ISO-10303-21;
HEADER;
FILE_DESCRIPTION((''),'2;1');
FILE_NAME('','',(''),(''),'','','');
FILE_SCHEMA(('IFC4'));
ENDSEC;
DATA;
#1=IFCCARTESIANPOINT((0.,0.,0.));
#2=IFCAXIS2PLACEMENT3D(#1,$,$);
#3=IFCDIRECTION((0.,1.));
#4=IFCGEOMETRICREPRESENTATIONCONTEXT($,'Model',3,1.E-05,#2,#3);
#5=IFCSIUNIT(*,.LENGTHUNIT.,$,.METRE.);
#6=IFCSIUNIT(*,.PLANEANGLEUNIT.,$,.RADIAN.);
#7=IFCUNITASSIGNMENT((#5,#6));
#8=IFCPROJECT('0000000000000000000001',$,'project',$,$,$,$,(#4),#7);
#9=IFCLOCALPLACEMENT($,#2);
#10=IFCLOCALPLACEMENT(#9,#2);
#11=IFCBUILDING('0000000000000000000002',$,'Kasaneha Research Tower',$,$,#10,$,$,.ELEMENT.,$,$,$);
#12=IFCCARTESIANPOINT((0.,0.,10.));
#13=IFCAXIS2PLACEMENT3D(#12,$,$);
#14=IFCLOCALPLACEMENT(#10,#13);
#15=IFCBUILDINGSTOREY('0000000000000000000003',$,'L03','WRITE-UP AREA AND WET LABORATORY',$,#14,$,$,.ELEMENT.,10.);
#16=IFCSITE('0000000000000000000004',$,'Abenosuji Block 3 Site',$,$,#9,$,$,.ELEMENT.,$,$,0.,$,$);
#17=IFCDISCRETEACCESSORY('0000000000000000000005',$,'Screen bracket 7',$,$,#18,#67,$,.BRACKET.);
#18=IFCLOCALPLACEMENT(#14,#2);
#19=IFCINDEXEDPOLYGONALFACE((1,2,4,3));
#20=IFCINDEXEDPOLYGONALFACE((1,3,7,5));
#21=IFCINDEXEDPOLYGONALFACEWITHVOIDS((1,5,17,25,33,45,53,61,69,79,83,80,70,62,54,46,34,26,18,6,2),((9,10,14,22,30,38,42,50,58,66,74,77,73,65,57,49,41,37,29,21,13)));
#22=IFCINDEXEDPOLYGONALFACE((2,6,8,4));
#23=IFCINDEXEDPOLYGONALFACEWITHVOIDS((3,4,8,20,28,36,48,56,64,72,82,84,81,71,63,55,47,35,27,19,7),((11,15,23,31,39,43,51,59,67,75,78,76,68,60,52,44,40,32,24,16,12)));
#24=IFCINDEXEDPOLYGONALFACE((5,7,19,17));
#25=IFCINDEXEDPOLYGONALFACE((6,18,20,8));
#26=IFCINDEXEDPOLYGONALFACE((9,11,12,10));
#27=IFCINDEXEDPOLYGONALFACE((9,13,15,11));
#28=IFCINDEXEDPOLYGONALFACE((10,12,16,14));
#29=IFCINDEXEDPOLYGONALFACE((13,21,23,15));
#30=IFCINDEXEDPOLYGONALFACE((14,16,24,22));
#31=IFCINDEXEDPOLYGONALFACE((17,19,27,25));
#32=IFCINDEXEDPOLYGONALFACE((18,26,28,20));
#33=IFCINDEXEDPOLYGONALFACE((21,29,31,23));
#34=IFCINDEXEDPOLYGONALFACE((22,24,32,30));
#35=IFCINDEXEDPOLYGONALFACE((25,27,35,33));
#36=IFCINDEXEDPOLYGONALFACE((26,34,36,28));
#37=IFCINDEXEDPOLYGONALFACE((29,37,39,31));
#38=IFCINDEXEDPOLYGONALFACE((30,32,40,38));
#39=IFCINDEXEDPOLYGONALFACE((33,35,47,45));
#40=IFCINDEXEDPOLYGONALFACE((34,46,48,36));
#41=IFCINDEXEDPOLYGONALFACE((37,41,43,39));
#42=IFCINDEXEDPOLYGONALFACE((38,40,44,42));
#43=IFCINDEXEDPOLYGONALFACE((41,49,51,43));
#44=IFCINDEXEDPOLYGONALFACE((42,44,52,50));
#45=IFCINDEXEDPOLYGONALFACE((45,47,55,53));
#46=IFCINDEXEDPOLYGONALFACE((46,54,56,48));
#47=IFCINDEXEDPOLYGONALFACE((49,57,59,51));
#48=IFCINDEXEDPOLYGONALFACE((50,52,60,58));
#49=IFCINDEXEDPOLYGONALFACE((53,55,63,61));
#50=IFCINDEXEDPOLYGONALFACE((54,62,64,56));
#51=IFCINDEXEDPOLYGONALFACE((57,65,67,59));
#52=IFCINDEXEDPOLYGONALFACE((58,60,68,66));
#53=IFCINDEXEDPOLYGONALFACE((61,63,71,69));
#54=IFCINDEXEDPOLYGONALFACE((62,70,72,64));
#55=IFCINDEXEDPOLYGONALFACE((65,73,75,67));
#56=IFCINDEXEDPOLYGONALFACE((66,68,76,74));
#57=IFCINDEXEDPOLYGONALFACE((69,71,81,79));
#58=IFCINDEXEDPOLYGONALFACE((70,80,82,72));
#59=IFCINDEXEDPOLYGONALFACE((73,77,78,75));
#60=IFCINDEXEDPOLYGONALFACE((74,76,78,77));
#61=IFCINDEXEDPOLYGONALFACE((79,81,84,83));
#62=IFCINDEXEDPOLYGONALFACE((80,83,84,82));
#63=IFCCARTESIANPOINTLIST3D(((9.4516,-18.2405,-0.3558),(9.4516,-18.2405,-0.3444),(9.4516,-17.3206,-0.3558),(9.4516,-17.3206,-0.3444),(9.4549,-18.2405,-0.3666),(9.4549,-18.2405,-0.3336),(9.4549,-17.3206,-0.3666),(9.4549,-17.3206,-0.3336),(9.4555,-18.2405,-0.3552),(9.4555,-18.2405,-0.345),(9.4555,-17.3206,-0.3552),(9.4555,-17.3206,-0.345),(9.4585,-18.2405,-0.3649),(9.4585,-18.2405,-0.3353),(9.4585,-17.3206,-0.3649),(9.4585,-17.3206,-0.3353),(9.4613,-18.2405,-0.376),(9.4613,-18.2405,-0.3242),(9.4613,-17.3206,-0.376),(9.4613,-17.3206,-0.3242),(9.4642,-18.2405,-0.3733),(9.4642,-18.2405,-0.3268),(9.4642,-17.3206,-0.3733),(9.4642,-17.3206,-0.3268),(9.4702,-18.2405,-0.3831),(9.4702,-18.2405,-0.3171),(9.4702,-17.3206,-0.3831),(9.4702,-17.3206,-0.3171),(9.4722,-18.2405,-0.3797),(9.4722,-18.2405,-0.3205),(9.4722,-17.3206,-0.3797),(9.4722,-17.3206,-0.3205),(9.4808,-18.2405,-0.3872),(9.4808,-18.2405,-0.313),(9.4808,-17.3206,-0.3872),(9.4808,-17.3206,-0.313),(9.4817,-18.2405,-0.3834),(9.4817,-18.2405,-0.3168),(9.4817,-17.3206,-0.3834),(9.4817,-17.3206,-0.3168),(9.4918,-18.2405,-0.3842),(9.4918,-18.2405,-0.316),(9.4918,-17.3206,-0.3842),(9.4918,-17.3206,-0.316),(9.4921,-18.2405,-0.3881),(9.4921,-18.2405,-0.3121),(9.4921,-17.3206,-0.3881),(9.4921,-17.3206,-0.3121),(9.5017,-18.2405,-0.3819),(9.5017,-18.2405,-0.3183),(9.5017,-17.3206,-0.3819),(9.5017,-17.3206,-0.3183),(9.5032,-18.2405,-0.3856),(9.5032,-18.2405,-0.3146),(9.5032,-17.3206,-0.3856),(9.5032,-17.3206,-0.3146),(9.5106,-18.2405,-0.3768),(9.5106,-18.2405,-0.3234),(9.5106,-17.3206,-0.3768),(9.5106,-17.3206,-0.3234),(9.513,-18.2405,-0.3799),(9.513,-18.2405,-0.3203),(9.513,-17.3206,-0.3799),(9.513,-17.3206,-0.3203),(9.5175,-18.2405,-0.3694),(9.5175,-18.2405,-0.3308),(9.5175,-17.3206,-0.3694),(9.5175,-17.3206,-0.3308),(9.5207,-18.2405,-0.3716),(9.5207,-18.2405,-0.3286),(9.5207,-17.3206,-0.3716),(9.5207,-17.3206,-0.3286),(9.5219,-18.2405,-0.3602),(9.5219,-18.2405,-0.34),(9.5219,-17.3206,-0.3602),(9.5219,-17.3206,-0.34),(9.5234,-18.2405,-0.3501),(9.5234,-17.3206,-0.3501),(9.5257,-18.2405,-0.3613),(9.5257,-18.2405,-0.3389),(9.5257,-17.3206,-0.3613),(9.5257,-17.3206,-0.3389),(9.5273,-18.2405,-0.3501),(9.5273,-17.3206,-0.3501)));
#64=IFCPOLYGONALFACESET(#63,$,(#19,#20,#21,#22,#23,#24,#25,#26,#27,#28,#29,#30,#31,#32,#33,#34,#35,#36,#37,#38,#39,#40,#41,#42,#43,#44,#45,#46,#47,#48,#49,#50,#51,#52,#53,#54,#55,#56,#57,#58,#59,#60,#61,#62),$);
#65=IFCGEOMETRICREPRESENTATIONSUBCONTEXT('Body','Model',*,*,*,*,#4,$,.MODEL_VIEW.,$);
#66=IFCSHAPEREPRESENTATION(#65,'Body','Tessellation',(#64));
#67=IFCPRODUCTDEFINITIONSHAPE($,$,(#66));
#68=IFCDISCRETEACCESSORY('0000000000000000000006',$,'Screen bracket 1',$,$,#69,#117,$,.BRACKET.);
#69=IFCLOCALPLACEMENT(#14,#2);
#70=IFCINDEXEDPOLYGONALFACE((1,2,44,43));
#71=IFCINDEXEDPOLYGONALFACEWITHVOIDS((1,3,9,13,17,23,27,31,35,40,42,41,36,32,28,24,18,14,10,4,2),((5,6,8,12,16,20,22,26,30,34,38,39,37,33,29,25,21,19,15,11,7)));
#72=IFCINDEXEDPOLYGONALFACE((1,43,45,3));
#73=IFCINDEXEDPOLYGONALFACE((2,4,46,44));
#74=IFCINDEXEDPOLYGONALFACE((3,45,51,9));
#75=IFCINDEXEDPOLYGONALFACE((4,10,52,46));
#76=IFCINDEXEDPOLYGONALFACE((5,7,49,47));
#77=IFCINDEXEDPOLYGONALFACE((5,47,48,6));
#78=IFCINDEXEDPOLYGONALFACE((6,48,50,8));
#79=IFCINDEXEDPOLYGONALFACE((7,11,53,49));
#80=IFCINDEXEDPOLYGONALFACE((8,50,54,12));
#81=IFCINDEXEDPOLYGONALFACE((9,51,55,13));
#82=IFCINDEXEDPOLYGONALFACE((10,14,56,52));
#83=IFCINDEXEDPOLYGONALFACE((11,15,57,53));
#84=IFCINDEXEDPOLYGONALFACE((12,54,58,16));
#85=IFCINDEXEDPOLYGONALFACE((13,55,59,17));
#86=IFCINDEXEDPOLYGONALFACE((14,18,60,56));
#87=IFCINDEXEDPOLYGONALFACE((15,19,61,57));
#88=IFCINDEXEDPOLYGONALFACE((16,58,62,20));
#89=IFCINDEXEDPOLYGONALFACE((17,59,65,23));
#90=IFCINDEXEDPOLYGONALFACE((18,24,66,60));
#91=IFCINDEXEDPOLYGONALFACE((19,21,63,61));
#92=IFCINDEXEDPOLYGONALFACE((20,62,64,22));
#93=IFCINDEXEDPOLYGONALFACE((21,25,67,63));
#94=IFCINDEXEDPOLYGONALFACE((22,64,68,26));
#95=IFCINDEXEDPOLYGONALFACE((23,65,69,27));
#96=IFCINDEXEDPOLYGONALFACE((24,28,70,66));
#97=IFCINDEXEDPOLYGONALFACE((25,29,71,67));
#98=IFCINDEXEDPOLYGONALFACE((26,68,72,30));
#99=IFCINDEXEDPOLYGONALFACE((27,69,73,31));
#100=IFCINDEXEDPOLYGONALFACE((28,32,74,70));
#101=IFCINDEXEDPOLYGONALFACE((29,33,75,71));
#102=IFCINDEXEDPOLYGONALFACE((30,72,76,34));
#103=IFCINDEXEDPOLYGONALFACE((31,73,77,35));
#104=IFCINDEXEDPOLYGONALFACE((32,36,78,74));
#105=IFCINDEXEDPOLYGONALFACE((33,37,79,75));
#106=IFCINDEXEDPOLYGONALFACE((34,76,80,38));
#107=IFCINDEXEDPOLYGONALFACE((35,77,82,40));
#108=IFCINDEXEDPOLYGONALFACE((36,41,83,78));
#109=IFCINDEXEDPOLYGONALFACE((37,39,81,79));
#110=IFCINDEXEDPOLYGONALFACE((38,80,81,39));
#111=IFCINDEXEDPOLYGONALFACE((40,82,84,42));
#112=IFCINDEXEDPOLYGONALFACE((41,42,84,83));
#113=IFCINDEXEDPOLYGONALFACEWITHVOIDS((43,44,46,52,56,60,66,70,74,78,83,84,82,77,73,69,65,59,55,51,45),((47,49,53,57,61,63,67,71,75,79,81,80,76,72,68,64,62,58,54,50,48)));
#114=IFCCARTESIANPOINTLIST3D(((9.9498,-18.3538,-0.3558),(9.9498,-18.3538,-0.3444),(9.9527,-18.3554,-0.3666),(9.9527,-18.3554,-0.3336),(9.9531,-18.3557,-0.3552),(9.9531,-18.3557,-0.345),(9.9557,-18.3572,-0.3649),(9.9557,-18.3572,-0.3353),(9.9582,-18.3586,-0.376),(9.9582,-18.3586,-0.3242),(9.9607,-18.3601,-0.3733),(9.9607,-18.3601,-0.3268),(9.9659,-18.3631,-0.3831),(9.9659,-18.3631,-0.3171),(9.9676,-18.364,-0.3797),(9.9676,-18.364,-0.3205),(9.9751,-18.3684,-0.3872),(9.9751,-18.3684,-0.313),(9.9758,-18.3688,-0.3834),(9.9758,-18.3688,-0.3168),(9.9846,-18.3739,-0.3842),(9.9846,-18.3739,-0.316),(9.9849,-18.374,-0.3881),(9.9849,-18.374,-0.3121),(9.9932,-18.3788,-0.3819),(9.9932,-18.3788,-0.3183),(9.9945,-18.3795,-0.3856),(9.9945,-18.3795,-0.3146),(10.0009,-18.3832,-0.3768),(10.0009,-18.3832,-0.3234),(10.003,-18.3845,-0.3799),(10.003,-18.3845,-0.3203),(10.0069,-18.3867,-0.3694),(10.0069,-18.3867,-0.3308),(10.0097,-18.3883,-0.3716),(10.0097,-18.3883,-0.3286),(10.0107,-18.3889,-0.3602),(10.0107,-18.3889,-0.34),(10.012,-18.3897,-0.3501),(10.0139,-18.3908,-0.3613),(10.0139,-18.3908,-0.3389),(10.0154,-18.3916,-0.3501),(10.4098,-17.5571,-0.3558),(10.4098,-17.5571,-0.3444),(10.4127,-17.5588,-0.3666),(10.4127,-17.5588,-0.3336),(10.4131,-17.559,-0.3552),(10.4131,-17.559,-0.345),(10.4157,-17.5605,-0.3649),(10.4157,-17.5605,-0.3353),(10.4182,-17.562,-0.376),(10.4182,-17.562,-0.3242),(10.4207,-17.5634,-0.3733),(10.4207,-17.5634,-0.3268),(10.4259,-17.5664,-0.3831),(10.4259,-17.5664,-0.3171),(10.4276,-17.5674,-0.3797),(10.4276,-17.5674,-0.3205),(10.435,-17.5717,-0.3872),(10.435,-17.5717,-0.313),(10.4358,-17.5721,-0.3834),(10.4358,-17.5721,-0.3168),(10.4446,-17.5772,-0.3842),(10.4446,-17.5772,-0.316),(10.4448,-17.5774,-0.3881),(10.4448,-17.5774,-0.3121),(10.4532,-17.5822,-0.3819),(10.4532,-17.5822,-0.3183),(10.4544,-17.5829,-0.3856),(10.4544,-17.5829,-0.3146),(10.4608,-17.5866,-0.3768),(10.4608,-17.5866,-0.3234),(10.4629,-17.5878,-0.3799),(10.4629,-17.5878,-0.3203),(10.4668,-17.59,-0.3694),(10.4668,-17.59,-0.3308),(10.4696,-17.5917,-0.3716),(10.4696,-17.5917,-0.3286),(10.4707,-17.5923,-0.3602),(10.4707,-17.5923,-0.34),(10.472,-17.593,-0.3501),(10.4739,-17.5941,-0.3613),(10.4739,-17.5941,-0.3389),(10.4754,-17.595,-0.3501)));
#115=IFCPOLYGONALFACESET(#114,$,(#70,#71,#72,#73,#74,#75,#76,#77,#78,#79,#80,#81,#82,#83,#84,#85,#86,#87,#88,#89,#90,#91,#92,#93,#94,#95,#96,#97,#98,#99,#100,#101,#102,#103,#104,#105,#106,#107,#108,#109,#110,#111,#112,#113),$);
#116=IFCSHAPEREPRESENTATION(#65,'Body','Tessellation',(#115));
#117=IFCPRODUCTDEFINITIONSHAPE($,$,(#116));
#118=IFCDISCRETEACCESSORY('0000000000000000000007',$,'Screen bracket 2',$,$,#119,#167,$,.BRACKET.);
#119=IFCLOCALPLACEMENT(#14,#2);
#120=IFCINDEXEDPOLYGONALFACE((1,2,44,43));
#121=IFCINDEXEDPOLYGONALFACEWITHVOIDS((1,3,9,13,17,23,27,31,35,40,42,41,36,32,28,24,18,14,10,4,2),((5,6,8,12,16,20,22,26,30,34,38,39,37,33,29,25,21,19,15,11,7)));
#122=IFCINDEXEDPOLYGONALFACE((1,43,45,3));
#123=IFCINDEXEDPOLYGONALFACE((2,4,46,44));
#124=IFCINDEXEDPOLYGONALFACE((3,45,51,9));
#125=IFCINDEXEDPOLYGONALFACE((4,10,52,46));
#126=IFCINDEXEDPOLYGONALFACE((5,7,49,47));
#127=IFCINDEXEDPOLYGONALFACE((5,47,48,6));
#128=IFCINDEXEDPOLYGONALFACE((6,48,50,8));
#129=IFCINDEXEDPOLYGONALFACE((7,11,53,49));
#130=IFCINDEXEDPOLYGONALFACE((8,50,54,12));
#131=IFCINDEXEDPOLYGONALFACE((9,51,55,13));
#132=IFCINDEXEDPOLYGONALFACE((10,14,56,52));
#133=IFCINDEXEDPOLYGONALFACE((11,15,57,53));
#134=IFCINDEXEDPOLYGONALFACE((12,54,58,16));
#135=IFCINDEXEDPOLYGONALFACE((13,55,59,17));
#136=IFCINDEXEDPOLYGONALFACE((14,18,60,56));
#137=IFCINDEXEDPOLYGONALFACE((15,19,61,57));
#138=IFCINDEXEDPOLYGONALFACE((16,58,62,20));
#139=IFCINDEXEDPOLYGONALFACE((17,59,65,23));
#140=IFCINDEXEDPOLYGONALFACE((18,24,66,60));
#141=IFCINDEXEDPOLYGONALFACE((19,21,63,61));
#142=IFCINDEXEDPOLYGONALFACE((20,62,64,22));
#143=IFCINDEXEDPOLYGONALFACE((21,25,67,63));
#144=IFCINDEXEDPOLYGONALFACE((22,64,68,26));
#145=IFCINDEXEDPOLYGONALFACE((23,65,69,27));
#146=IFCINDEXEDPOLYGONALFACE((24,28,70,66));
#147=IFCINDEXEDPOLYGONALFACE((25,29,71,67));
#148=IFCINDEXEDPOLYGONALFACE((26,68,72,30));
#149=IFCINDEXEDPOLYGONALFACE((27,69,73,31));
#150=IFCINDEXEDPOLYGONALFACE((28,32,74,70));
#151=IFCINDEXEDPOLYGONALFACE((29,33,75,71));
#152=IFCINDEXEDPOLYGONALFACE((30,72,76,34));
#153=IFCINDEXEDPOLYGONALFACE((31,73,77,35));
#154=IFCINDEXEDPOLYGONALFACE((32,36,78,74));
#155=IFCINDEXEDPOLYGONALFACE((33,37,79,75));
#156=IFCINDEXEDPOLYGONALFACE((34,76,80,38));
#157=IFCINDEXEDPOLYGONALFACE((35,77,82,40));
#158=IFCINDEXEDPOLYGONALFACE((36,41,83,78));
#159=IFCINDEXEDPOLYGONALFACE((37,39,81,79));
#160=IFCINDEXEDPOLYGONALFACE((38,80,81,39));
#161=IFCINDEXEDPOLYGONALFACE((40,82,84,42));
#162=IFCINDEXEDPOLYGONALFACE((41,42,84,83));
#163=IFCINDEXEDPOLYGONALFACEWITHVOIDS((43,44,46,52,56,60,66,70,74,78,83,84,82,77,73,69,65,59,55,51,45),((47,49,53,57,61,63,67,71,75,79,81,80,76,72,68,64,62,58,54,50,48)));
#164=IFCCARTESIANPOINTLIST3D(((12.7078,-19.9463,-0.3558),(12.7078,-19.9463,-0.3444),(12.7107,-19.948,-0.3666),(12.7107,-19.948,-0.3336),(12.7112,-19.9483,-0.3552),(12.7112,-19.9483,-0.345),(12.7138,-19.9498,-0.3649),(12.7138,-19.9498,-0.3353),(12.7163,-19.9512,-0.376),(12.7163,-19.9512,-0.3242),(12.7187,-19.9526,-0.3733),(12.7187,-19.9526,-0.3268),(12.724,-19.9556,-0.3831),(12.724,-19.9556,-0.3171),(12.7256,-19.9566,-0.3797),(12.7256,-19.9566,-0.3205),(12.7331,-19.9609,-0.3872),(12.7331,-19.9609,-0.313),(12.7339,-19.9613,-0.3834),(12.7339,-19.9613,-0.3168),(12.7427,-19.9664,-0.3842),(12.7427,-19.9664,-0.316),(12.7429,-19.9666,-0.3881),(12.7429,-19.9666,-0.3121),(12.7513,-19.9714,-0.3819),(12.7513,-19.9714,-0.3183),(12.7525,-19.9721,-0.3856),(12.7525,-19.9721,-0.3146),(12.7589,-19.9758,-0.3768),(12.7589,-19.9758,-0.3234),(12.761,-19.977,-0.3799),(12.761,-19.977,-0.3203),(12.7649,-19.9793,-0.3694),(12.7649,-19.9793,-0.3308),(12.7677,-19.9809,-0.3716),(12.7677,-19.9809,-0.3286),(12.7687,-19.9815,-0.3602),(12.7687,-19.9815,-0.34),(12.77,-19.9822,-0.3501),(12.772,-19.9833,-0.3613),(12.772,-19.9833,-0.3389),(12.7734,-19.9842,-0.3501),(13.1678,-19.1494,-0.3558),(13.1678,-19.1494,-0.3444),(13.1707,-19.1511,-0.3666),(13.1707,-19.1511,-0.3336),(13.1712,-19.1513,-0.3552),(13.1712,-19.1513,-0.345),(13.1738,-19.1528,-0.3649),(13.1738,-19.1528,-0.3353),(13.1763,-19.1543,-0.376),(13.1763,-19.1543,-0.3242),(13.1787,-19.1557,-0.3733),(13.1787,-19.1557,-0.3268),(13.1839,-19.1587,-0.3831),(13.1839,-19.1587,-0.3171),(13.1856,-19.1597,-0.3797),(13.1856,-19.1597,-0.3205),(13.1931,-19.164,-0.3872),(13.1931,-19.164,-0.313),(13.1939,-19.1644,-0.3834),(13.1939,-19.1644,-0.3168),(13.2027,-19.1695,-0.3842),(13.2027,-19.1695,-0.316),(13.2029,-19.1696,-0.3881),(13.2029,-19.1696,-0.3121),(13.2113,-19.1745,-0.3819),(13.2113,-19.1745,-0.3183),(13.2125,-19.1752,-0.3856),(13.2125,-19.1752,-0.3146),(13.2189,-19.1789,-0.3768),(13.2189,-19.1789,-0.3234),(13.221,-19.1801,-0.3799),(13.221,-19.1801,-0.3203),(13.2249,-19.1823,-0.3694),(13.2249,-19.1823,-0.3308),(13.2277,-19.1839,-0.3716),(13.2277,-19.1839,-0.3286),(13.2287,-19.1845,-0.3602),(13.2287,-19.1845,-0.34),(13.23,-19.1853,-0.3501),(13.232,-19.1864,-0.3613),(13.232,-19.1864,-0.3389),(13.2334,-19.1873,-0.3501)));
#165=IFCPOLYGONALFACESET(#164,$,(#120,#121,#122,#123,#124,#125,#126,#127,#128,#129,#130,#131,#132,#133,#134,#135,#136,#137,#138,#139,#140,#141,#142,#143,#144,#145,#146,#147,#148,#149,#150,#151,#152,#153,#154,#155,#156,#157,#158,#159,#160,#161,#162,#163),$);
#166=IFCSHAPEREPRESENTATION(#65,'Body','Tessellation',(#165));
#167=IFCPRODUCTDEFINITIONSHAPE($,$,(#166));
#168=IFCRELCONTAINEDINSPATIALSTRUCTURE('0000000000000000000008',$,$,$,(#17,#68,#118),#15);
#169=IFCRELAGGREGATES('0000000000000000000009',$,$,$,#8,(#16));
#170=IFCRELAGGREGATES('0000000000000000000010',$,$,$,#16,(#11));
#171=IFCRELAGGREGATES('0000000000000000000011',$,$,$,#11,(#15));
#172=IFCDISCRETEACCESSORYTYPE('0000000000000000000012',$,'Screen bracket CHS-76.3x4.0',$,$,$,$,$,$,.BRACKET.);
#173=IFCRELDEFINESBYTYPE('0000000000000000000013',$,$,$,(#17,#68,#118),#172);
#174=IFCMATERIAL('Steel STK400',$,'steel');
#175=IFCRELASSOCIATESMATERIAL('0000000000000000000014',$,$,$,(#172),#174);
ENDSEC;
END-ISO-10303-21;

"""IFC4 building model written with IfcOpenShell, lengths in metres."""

from ifc_helpers import new_model, si_unit, direction, frame, origin, origin_2d, place, context, subcontext, project, spatial, hollow_circle, extrude, material, material_profile, profile_set, type_object, element, save


model = new_model("IFC4")

# Units and contexts
model_context = context("Model", 3, precision=1e-05, world=origin(), true_north=direction((0.0, 1.0)))
body_context = subcontext(model_context, "Body", "Model", "MODEL_VIEW")
ifc_project = project(units=[si_unit("LENGTHUNIT", "METRE"), si_unit("PLANEANGLEUNIT", "RADIAN")], contexts=[model_context])

# Site, building, storey
site_placement = place(None, origin())
site = spatial("IfcSite", under=ifc_project, at=site_placement, Name="Abenosuji Block 3 Site", CompositionType="ELEMENT", RefElevation=0.0)
building_placement = place(site_placement, origin())
building = spatial("IfcBuilding", under=site, at=building_placement, Name="Kasaneha Research Tower", CompositionType="ELEMENT")
storey_placement = place(building_placement, frame((0.0, 0.0, 10.0)))
storey = spatial("IfcBuildingStorey", under=building, at=storey_placement, Name="L03", Description="WRITE-UP AREA AND WET LABORATORY", CompositionType="ELEMENT", Elevation=10.0)

# Discrete accessories
ifc_material_1 = material(Name="Steel STK400", Category="steel")
ifc_material_profile_1 = material_profile(ifc_material_1, hollow_circle(Radius=0.0381, WallThickness=0.0039, at=origin_2d()), Name="CHS-76.3x4.0")
ifc_profile_set_1 = profile_set([ifc_material_profile_1], Name="Steel STK400")
discrete_accessory_type = type_object("IfcDiscreteAccessoryType", Name="Screen bracket CHS-76.3x4.0", PredefinedType="BRACKET", material=ifc_profile_set_1)
for number, where, z_axis, x_axis, name in (
    (1, (9.4893, -17.3206, -0.3501), (0.0, -1.0, 0.0), (1.0, 0.0, 0.0), "Screen bracket 7"),
    (2, (10.4424, -17.5759, -0.3501), (-0.500021, -0.866013, 0.0), (0.866013, -0.500021, 0.0), "Screen bracket 1"),
):
    element("IfcDiscreteAccessory", number, at=place(storey_placement, frame(where, z_axis=z_axis, x_axis=x_axis)), inside=storey, type_object=discrete_accessory_type, Name=name, PredefinedType="BRACKET", context=body_context, shape_type="SweptSolid", body=[
        extrude(hollow_circle(Radius=0.0381, WallThickness=0.0039, at=origin_2d()), origin(), (0.0, 0.0, 1.0), 0.9199),
    ])
discrete_accessory_1_placement = place(storey_placement, frame((13.2004, -19.1682, -0.3501), z_axis=(-0.499906, -0.86608, 0.0), x_axis=(0.86608, -0.499906, 0.0)))
element("IfcDiscreteAccessory", 3, at=discrete_accessory_1_placement, inside=storey, type_object=discrete_accessory_type, Name="Screen bracket 2", PredefinedType="BRACKET", context=body_context, shape_type="SweptSolid", body=[
    extrude(hollow_circle(Radius=0.0381, WallThickness=0.0039, at=origin_2d()), origin(), (0.0, 0.0, 1.0), 0.9202),
])

save(model, "model.ifc")
